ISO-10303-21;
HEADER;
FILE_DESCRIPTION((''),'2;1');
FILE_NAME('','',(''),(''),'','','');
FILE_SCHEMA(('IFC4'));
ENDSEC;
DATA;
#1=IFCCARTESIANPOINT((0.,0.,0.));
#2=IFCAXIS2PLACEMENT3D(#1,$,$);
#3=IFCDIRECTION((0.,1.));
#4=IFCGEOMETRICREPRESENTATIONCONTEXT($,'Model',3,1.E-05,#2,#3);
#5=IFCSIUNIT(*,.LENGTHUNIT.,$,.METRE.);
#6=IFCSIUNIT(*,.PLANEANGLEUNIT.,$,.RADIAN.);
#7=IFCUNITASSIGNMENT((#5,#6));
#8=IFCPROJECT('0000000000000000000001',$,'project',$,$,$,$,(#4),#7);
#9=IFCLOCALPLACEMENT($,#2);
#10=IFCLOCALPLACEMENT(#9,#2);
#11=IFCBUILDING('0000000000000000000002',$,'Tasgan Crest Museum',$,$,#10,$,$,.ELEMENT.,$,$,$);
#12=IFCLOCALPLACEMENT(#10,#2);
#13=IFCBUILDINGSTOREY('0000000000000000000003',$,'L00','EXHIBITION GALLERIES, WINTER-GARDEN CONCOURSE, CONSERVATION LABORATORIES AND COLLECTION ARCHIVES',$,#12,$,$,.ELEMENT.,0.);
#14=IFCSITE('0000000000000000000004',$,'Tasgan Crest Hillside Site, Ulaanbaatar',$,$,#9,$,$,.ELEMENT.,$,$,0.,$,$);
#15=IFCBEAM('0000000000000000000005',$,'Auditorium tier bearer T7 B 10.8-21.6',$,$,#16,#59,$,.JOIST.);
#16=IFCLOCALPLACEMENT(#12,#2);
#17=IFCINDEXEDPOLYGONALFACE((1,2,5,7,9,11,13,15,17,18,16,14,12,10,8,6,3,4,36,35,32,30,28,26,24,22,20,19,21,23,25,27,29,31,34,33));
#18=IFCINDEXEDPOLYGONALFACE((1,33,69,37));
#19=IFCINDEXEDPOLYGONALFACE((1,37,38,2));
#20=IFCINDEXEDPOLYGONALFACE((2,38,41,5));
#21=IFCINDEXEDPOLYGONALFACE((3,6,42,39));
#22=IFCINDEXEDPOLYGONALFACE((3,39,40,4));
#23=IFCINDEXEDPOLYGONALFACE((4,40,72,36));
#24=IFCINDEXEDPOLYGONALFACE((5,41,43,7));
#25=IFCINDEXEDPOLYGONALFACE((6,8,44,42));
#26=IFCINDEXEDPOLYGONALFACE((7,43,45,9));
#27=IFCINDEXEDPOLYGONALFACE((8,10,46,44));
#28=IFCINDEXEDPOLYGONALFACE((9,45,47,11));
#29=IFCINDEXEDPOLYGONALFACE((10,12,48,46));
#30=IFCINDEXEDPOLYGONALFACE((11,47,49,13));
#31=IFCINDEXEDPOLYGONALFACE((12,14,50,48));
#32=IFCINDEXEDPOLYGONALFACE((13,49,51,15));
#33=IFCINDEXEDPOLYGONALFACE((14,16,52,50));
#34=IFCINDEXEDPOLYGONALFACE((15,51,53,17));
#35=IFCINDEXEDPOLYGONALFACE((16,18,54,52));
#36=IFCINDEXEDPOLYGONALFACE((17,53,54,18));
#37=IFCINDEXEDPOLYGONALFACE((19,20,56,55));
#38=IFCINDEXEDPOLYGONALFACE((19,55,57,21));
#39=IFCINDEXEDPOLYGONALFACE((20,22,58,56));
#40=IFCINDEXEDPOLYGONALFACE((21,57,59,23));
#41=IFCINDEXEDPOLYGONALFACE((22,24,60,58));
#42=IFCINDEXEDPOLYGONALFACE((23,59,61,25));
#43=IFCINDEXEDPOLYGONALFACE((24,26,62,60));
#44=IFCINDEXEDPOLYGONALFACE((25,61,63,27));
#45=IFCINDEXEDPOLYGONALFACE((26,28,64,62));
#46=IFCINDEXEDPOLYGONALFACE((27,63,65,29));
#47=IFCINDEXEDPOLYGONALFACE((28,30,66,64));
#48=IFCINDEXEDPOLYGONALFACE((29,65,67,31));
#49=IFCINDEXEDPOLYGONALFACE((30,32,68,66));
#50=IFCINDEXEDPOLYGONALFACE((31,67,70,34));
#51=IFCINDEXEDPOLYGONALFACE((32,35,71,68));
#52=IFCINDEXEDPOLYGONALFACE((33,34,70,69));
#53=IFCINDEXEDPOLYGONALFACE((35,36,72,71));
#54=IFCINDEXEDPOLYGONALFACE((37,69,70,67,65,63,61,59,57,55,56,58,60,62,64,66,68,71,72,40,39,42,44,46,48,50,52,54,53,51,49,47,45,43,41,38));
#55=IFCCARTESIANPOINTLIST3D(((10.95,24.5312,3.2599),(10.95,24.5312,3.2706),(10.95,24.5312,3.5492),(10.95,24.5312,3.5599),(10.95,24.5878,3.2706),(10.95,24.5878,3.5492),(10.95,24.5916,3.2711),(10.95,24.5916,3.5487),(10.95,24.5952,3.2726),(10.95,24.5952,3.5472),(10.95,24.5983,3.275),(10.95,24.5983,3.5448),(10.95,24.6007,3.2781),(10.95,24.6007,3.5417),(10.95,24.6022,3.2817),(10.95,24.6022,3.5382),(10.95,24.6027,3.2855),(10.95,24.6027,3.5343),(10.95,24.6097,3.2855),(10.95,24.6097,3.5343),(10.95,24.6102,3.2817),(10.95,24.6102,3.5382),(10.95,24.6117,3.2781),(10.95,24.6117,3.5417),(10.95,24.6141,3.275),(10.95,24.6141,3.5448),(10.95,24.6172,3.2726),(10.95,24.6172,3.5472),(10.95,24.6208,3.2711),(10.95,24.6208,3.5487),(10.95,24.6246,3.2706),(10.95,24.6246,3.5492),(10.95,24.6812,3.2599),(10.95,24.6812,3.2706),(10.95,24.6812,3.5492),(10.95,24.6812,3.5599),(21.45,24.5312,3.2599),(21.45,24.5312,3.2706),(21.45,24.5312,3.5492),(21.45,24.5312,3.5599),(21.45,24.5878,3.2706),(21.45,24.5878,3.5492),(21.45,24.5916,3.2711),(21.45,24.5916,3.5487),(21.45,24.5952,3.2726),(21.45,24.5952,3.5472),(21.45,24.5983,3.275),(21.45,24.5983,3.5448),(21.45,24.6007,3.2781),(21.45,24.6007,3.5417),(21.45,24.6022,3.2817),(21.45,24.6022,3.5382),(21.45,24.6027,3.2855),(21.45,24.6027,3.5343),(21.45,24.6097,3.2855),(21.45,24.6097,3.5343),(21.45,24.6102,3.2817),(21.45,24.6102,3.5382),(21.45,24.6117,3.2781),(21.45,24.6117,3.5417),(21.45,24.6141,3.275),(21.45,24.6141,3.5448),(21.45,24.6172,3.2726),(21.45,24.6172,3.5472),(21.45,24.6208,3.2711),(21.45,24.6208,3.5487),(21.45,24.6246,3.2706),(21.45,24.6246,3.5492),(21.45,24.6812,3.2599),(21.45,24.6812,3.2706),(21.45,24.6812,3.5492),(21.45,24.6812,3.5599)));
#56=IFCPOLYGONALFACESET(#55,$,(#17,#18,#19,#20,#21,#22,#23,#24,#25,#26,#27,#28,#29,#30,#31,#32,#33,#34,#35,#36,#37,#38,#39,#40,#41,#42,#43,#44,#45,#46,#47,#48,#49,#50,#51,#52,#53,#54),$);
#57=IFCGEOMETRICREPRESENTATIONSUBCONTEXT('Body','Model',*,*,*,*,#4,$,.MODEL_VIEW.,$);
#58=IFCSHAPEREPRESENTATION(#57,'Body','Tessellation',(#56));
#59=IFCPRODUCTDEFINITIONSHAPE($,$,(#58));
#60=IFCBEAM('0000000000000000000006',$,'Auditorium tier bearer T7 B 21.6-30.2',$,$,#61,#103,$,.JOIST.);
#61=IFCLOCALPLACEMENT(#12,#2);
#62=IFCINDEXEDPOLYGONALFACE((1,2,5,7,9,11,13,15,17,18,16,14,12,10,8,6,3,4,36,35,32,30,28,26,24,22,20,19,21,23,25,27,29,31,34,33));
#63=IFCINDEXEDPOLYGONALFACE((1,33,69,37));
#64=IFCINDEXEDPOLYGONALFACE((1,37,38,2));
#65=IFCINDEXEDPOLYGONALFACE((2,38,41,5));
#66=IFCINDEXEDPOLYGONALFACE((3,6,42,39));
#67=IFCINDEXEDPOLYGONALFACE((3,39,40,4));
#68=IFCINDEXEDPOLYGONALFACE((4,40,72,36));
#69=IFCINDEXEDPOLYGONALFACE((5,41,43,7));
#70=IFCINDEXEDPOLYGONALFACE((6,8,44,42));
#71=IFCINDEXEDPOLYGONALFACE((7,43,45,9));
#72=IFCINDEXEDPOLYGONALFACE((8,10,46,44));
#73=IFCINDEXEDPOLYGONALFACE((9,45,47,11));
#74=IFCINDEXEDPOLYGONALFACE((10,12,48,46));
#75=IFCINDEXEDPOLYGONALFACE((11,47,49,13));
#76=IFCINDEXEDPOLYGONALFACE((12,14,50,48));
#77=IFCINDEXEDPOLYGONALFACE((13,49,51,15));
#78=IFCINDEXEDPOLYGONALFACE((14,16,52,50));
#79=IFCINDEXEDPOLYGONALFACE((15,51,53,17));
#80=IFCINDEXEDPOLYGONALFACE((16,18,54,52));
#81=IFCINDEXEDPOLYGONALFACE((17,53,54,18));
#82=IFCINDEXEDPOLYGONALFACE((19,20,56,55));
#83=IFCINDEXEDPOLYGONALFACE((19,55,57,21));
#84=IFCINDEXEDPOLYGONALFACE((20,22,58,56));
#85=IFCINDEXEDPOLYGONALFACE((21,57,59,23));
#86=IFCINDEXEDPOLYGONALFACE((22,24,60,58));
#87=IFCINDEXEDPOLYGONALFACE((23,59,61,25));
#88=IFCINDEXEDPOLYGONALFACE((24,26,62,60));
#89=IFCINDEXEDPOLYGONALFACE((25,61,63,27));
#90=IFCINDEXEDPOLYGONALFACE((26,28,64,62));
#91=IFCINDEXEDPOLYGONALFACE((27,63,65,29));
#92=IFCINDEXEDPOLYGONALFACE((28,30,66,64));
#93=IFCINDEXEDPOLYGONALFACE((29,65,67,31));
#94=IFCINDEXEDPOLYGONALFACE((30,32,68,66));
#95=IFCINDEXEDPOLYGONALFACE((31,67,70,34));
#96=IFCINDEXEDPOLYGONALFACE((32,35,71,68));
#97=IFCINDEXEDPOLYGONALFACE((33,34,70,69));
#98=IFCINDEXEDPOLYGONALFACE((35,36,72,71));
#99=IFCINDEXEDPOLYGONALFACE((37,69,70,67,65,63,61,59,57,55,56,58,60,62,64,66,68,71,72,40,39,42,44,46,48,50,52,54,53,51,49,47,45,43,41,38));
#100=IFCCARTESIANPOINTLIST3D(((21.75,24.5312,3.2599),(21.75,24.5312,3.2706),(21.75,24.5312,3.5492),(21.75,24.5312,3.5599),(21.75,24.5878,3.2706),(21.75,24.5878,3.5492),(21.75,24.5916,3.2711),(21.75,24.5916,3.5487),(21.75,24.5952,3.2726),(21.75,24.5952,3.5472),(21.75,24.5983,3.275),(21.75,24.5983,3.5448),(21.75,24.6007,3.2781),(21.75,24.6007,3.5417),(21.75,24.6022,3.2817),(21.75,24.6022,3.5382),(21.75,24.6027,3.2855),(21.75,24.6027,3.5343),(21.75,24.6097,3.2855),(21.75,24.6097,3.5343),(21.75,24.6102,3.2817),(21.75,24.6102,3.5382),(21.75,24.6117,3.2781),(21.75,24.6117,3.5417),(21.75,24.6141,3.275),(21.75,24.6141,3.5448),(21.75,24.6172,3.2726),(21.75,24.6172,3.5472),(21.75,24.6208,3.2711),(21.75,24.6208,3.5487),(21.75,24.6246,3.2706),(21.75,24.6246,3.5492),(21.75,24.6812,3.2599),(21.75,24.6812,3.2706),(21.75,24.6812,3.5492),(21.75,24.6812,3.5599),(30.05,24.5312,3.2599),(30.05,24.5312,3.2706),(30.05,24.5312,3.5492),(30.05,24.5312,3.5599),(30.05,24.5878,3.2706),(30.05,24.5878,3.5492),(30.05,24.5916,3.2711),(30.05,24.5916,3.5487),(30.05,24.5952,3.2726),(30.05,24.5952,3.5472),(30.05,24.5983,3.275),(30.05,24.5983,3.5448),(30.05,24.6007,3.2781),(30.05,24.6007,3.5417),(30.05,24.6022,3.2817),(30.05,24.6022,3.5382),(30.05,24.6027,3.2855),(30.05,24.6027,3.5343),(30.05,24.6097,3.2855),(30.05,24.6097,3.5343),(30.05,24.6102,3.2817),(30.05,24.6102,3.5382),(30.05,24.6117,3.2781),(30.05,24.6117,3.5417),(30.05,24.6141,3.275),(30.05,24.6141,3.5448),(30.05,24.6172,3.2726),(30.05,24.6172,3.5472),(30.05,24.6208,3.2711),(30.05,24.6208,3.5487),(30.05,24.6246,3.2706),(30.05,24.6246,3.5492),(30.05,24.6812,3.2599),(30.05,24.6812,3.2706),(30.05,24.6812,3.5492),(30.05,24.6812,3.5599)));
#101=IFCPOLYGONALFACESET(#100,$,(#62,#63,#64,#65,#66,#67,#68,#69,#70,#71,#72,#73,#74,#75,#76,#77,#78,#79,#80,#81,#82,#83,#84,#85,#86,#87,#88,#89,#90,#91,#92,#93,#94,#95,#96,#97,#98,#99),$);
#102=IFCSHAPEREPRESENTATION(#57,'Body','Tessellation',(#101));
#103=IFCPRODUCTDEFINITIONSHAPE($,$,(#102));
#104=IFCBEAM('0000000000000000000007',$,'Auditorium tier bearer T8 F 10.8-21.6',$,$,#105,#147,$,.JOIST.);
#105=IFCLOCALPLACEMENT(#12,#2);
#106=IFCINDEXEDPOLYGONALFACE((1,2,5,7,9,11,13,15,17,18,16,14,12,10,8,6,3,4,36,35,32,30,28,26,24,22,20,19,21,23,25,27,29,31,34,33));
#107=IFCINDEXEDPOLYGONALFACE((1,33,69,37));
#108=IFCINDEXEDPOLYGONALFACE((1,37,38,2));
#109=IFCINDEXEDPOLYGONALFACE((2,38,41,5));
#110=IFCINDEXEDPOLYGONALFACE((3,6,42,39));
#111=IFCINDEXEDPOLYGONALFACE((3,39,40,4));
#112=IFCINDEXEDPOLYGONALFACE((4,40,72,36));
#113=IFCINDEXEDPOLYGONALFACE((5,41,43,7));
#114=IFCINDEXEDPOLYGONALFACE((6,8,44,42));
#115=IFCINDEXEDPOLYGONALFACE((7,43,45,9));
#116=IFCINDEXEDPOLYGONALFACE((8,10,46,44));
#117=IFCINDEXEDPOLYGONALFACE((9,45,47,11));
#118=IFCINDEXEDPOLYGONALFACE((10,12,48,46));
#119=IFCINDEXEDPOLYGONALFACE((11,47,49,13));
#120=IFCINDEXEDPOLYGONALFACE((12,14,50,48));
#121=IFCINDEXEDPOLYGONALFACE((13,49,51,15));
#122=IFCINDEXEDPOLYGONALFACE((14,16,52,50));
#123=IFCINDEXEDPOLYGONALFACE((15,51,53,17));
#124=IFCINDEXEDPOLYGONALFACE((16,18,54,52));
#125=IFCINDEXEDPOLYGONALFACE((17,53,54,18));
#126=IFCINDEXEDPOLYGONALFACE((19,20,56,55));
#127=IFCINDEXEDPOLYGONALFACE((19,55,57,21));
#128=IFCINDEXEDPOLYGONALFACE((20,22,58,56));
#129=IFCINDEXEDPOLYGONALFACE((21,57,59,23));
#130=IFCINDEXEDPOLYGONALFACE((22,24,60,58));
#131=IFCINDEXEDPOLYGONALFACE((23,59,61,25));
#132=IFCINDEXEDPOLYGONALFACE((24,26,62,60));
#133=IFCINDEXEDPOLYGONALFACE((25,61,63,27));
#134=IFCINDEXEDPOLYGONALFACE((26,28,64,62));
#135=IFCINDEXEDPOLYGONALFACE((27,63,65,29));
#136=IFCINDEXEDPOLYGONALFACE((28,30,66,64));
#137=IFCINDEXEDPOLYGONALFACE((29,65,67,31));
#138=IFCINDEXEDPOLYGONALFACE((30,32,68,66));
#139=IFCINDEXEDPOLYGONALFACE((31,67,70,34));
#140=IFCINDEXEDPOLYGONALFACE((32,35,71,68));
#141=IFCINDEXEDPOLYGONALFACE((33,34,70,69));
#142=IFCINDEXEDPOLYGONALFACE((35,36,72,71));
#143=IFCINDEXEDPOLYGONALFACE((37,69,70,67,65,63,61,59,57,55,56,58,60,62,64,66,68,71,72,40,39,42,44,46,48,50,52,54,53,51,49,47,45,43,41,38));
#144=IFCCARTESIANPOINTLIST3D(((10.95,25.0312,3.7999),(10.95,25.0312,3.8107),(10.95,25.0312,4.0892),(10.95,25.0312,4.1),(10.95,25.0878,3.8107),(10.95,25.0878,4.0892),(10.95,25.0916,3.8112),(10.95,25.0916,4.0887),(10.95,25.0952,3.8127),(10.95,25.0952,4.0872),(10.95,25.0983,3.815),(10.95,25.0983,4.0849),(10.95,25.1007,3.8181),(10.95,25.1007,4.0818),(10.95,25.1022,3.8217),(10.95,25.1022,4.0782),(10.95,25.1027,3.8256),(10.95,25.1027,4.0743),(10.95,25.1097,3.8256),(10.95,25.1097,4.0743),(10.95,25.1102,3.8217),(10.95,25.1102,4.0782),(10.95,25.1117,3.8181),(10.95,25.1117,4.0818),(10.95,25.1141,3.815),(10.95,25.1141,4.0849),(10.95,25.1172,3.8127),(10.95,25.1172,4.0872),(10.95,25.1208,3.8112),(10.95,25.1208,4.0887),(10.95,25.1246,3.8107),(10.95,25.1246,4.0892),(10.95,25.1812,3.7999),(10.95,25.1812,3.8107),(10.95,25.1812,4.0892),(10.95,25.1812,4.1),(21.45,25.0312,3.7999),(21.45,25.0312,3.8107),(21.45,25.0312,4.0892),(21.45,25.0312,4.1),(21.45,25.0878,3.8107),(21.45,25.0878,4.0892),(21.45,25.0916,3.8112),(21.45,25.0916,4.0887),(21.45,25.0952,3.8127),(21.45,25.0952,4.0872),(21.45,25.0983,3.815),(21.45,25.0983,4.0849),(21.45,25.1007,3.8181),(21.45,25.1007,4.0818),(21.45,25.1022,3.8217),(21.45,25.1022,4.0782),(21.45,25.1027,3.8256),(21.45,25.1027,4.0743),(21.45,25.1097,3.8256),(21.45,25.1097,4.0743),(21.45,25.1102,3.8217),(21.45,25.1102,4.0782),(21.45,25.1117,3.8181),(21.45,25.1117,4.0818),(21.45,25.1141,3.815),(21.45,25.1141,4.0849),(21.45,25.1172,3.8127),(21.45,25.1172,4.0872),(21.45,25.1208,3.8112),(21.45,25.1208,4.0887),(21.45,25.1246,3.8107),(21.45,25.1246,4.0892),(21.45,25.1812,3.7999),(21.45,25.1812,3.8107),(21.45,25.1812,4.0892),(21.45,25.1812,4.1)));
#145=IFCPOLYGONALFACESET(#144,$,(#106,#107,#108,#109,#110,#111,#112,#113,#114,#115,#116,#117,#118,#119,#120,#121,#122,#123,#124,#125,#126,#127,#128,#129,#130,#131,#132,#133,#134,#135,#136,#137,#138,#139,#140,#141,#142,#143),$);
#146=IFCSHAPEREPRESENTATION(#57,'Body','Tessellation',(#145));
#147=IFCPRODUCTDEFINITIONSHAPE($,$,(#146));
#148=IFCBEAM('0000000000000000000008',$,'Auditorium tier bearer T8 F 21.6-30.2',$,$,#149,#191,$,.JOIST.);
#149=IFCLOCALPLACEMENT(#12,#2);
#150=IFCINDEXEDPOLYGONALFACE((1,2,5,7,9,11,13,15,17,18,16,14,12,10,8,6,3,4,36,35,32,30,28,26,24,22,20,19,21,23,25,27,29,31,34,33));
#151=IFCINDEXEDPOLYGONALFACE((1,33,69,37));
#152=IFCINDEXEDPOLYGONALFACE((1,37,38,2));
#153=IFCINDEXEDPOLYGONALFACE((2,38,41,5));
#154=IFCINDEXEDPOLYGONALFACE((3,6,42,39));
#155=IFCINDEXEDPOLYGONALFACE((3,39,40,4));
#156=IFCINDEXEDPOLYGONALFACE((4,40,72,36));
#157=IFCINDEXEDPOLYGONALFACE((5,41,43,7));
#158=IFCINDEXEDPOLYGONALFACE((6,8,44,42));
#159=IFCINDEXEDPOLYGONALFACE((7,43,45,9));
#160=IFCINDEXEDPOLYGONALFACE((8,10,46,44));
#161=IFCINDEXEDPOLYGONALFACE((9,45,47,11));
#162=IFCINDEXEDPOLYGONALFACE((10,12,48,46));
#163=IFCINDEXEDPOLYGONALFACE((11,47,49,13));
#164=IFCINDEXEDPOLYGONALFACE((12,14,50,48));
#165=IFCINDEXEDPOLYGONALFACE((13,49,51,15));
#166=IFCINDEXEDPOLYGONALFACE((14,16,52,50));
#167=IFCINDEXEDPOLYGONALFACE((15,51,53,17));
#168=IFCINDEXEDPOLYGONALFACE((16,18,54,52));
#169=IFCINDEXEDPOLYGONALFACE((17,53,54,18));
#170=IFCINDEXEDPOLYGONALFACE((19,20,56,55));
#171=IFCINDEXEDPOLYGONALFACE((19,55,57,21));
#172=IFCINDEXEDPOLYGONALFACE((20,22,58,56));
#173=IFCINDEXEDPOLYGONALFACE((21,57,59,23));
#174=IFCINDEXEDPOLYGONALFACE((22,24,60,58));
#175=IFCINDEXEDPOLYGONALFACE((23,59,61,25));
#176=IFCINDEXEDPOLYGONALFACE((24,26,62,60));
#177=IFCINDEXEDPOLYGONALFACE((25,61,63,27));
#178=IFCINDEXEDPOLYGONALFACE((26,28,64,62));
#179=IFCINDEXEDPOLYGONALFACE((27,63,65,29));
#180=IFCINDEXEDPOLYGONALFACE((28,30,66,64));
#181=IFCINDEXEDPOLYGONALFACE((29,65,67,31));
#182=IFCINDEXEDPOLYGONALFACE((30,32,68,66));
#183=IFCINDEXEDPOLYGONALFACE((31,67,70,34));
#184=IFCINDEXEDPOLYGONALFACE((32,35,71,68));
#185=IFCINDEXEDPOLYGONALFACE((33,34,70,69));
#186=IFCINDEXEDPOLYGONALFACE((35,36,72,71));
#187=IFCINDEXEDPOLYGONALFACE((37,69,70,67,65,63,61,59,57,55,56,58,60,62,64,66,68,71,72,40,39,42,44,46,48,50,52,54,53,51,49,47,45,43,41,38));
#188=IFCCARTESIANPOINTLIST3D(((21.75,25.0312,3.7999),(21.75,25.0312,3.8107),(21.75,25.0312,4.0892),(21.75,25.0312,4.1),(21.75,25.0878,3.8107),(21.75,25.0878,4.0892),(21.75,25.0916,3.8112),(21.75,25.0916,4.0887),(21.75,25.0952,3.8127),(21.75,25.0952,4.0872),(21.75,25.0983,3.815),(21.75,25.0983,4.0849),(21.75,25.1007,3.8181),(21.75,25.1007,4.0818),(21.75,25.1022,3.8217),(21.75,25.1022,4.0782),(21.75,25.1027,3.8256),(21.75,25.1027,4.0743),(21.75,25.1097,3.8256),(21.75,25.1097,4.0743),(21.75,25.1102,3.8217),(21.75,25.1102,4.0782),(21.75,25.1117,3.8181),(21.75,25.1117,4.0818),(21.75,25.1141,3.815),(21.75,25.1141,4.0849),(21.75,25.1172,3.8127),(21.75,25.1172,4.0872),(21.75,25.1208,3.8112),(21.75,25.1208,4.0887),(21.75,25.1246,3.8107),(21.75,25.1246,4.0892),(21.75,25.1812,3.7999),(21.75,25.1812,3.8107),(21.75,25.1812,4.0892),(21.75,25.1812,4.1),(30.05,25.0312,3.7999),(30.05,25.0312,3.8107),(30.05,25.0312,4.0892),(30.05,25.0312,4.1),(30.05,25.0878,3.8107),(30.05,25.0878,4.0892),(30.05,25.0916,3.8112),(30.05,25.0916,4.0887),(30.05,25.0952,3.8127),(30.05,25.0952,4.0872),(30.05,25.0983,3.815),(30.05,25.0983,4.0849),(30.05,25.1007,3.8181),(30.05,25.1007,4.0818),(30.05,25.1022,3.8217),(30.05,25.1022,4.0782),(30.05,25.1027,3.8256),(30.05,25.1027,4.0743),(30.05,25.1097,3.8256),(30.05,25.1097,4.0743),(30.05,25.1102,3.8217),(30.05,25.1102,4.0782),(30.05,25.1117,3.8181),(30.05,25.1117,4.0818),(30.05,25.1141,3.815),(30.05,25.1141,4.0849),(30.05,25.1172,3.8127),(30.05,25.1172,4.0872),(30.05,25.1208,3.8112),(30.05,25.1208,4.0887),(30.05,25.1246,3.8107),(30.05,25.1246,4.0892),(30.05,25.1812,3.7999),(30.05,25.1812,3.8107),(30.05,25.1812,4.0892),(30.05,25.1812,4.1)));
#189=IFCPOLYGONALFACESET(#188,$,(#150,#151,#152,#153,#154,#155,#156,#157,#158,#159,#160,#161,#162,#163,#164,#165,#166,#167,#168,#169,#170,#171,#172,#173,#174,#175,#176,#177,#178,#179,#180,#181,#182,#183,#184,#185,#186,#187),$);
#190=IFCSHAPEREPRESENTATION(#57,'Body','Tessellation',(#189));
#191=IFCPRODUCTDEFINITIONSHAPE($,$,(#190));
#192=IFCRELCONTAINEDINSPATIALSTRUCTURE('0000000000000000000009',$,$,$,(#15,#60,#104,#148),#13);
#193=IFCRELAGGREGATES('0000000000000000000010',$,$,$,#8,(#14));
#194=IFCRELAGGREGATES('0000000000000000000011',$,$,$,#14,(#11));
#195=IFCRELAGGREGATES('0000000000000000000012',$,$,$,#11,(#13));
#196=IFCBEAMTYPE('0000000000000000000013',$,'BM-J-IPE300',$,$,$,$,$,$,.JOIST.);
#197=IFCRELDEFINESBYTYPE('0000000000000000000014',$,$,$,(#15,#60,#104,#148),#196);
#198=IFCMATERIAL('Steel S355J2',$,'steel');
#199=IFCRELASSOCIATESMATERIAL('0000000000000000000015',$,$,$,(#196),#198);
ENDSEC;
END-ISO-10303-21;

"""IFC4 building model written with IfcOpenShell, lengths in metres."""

from ifc_helpers import new_model, si_unit, direction, frame, origin, origin_2d, place, context, subcontext, project, spatial, i_section, extrude, material, material_profile, profile_set, type_object, element, save


model = new_model("IFC4")

# Units and contexts
model_context = context("Model", 3, precision=1e-05, world=origin(), true_north=direction((0.0, 1.0)))
body_context = subcontext(model_context, "Body", "Model", "MODEL_VIEW")
ifc_project = project(units=[si_unit("LENGTHUNIT", "METRE"), si_unit("PLANEANGLEUNIT", "RADIAN")], contexts=[model_context])

# Site, building, storey
site_placement = place(None, origin())
site = spatial("IfcSite", under=ifc_project, at=site_placement, Name="Tasgan Crest Hillside Site, Ulaanbaatar", CompositionType="ELEMENT", RefElevation=0.0)
building_placement = place(site_placement, origin())
building = spatial("IfcBuilding", under=site, at=building_placement, Name="Tasgan Crest Museum", CompositionType="ELEMENT")
storey_placement = place(building_placement, origin())
storey = spatial("IfcBuildingStorey", under=building, at=storey_placement, Name="L00", Description="EXHIBITION GALLERIES, WINTER-GARDEN CONCOURSE, CONSERVATION LABORATORIES AND COLLECTION ARCHIVES", CompositionType="ELEMENT", Elevation=0.0)

# Beams
ifc_material_1 = material(Name="Steel S355J2", Category="steel")
ifc_material_profile_1 = material_profile(ifc_material_1, i_section(OverallWidth=0.1499, OverallDepth=0.3, WebThickness=0.0071, FlangeThickness=0.0107, FilletRadius=0.0149, at=origin_2d()), Name="IPE 300")
ifc_profile_set_1 = profile_set([ifc_material_profile_1], Name="Steel S355J2")
beam_type = type_object("IfcBeamType", Name="BM-J-IPE300", PredefinedType="JOIST", material=ifc_profile_set_1)
beam_1_placement = place(storey_placement, frame((10.95, 24.6062, 3.4099), z_axis=(1.0, 0.0, 0.0), x_axis=(0.0, 1.0, 0.0)))
element("IfcBeam", 1, at=beam_1_placement, inside=storey, type_object=beam_type, Name="Auditorium tier bearer T7 B 10.8-21.6", PredefinedType="JOIST", context=body_context, shape_type="SweptSolid", body=[
    extrude(i_section(OverallWidth=0.1499, OverallDepth=0.3, WebThickness=0.0071, FlangeThickness=0.0107, FilletRadius=0.0149, at=origin_2d()), origin(), (0.0, 0.0, 1.0), 10.5),
])
beam_2_placement = place(storey_placement, frame((21.75, 24.6062, 3.4099), z_axis=(1.0, 0.0, 0.0), x_axis=(0.0, 1.0, 0.0)))
element("IfcBeam", 2, at=beam_2_placement, inside=storey, type_object=beam_type, Name="Auditorium tier bearer T7 B 21.6-30.2", PredefinedType="JOIST", context=body_context, shape_type="SweptSolid", body=[
    extrude(i_section(OverallWidth=0.1499, OverallDepth=0.3, WebThickness=0.0071, FlangeThickness=0.0107, FilletRadius=0.0149, at=origin_2d()), origin(), (0.0, 0.0, 1.0), 8.3),
])
beam_3_placement = place(storey_placement, frame((10.95, 25.1062, 3.95), z_axis=(1.0, 0.0, 0.0), x_axis=(0.0, 1.0, 0.0)))
element("IfcBeam", 3, at=beam_3_placement, inside=storey, type_object=beam_type, Name="Auditorium tier bearer T8 F 10.8-21.6", PredefinedType="JOIST", context=body_context, shape_type="SweptSolid", body=[
    extrude(i_section(OverallWidth=0.1499, OverallDepth=0.3, WebThickness=0.0071, FlangeThickness=0.0107, FilletRadius=0.0149, at=origin_2d()), origin(), (0.0, 0.0, 1.0), 10.5),
])
beam_4_placement = place(storey_placement, frame((21.75, 25.1062, 3.95), z_axis=(1.0, 0.0, 0.0), x_axis=(0.0, 1.0, 0.0)))
element("IfcBeam", 4, at=beam_4_placement, inside=storey, type_object=beam_type, Name="Auditorium tier bearer T8 F 21.6-30.2", PredefinedType="JOIST", context=body_context, shape_type="SweptSolid", body=[
    extrude(i_section(OverallWidth=0.1499, OverallDepth=0.3, WebThickness=0.0071, FlangeThickness=0.0107, FilletRadius=0.0149, at=origin_2d()), origin(), (0.0, 0.0, 1.0), 8.3),
])

save(model, "model.ifc")
